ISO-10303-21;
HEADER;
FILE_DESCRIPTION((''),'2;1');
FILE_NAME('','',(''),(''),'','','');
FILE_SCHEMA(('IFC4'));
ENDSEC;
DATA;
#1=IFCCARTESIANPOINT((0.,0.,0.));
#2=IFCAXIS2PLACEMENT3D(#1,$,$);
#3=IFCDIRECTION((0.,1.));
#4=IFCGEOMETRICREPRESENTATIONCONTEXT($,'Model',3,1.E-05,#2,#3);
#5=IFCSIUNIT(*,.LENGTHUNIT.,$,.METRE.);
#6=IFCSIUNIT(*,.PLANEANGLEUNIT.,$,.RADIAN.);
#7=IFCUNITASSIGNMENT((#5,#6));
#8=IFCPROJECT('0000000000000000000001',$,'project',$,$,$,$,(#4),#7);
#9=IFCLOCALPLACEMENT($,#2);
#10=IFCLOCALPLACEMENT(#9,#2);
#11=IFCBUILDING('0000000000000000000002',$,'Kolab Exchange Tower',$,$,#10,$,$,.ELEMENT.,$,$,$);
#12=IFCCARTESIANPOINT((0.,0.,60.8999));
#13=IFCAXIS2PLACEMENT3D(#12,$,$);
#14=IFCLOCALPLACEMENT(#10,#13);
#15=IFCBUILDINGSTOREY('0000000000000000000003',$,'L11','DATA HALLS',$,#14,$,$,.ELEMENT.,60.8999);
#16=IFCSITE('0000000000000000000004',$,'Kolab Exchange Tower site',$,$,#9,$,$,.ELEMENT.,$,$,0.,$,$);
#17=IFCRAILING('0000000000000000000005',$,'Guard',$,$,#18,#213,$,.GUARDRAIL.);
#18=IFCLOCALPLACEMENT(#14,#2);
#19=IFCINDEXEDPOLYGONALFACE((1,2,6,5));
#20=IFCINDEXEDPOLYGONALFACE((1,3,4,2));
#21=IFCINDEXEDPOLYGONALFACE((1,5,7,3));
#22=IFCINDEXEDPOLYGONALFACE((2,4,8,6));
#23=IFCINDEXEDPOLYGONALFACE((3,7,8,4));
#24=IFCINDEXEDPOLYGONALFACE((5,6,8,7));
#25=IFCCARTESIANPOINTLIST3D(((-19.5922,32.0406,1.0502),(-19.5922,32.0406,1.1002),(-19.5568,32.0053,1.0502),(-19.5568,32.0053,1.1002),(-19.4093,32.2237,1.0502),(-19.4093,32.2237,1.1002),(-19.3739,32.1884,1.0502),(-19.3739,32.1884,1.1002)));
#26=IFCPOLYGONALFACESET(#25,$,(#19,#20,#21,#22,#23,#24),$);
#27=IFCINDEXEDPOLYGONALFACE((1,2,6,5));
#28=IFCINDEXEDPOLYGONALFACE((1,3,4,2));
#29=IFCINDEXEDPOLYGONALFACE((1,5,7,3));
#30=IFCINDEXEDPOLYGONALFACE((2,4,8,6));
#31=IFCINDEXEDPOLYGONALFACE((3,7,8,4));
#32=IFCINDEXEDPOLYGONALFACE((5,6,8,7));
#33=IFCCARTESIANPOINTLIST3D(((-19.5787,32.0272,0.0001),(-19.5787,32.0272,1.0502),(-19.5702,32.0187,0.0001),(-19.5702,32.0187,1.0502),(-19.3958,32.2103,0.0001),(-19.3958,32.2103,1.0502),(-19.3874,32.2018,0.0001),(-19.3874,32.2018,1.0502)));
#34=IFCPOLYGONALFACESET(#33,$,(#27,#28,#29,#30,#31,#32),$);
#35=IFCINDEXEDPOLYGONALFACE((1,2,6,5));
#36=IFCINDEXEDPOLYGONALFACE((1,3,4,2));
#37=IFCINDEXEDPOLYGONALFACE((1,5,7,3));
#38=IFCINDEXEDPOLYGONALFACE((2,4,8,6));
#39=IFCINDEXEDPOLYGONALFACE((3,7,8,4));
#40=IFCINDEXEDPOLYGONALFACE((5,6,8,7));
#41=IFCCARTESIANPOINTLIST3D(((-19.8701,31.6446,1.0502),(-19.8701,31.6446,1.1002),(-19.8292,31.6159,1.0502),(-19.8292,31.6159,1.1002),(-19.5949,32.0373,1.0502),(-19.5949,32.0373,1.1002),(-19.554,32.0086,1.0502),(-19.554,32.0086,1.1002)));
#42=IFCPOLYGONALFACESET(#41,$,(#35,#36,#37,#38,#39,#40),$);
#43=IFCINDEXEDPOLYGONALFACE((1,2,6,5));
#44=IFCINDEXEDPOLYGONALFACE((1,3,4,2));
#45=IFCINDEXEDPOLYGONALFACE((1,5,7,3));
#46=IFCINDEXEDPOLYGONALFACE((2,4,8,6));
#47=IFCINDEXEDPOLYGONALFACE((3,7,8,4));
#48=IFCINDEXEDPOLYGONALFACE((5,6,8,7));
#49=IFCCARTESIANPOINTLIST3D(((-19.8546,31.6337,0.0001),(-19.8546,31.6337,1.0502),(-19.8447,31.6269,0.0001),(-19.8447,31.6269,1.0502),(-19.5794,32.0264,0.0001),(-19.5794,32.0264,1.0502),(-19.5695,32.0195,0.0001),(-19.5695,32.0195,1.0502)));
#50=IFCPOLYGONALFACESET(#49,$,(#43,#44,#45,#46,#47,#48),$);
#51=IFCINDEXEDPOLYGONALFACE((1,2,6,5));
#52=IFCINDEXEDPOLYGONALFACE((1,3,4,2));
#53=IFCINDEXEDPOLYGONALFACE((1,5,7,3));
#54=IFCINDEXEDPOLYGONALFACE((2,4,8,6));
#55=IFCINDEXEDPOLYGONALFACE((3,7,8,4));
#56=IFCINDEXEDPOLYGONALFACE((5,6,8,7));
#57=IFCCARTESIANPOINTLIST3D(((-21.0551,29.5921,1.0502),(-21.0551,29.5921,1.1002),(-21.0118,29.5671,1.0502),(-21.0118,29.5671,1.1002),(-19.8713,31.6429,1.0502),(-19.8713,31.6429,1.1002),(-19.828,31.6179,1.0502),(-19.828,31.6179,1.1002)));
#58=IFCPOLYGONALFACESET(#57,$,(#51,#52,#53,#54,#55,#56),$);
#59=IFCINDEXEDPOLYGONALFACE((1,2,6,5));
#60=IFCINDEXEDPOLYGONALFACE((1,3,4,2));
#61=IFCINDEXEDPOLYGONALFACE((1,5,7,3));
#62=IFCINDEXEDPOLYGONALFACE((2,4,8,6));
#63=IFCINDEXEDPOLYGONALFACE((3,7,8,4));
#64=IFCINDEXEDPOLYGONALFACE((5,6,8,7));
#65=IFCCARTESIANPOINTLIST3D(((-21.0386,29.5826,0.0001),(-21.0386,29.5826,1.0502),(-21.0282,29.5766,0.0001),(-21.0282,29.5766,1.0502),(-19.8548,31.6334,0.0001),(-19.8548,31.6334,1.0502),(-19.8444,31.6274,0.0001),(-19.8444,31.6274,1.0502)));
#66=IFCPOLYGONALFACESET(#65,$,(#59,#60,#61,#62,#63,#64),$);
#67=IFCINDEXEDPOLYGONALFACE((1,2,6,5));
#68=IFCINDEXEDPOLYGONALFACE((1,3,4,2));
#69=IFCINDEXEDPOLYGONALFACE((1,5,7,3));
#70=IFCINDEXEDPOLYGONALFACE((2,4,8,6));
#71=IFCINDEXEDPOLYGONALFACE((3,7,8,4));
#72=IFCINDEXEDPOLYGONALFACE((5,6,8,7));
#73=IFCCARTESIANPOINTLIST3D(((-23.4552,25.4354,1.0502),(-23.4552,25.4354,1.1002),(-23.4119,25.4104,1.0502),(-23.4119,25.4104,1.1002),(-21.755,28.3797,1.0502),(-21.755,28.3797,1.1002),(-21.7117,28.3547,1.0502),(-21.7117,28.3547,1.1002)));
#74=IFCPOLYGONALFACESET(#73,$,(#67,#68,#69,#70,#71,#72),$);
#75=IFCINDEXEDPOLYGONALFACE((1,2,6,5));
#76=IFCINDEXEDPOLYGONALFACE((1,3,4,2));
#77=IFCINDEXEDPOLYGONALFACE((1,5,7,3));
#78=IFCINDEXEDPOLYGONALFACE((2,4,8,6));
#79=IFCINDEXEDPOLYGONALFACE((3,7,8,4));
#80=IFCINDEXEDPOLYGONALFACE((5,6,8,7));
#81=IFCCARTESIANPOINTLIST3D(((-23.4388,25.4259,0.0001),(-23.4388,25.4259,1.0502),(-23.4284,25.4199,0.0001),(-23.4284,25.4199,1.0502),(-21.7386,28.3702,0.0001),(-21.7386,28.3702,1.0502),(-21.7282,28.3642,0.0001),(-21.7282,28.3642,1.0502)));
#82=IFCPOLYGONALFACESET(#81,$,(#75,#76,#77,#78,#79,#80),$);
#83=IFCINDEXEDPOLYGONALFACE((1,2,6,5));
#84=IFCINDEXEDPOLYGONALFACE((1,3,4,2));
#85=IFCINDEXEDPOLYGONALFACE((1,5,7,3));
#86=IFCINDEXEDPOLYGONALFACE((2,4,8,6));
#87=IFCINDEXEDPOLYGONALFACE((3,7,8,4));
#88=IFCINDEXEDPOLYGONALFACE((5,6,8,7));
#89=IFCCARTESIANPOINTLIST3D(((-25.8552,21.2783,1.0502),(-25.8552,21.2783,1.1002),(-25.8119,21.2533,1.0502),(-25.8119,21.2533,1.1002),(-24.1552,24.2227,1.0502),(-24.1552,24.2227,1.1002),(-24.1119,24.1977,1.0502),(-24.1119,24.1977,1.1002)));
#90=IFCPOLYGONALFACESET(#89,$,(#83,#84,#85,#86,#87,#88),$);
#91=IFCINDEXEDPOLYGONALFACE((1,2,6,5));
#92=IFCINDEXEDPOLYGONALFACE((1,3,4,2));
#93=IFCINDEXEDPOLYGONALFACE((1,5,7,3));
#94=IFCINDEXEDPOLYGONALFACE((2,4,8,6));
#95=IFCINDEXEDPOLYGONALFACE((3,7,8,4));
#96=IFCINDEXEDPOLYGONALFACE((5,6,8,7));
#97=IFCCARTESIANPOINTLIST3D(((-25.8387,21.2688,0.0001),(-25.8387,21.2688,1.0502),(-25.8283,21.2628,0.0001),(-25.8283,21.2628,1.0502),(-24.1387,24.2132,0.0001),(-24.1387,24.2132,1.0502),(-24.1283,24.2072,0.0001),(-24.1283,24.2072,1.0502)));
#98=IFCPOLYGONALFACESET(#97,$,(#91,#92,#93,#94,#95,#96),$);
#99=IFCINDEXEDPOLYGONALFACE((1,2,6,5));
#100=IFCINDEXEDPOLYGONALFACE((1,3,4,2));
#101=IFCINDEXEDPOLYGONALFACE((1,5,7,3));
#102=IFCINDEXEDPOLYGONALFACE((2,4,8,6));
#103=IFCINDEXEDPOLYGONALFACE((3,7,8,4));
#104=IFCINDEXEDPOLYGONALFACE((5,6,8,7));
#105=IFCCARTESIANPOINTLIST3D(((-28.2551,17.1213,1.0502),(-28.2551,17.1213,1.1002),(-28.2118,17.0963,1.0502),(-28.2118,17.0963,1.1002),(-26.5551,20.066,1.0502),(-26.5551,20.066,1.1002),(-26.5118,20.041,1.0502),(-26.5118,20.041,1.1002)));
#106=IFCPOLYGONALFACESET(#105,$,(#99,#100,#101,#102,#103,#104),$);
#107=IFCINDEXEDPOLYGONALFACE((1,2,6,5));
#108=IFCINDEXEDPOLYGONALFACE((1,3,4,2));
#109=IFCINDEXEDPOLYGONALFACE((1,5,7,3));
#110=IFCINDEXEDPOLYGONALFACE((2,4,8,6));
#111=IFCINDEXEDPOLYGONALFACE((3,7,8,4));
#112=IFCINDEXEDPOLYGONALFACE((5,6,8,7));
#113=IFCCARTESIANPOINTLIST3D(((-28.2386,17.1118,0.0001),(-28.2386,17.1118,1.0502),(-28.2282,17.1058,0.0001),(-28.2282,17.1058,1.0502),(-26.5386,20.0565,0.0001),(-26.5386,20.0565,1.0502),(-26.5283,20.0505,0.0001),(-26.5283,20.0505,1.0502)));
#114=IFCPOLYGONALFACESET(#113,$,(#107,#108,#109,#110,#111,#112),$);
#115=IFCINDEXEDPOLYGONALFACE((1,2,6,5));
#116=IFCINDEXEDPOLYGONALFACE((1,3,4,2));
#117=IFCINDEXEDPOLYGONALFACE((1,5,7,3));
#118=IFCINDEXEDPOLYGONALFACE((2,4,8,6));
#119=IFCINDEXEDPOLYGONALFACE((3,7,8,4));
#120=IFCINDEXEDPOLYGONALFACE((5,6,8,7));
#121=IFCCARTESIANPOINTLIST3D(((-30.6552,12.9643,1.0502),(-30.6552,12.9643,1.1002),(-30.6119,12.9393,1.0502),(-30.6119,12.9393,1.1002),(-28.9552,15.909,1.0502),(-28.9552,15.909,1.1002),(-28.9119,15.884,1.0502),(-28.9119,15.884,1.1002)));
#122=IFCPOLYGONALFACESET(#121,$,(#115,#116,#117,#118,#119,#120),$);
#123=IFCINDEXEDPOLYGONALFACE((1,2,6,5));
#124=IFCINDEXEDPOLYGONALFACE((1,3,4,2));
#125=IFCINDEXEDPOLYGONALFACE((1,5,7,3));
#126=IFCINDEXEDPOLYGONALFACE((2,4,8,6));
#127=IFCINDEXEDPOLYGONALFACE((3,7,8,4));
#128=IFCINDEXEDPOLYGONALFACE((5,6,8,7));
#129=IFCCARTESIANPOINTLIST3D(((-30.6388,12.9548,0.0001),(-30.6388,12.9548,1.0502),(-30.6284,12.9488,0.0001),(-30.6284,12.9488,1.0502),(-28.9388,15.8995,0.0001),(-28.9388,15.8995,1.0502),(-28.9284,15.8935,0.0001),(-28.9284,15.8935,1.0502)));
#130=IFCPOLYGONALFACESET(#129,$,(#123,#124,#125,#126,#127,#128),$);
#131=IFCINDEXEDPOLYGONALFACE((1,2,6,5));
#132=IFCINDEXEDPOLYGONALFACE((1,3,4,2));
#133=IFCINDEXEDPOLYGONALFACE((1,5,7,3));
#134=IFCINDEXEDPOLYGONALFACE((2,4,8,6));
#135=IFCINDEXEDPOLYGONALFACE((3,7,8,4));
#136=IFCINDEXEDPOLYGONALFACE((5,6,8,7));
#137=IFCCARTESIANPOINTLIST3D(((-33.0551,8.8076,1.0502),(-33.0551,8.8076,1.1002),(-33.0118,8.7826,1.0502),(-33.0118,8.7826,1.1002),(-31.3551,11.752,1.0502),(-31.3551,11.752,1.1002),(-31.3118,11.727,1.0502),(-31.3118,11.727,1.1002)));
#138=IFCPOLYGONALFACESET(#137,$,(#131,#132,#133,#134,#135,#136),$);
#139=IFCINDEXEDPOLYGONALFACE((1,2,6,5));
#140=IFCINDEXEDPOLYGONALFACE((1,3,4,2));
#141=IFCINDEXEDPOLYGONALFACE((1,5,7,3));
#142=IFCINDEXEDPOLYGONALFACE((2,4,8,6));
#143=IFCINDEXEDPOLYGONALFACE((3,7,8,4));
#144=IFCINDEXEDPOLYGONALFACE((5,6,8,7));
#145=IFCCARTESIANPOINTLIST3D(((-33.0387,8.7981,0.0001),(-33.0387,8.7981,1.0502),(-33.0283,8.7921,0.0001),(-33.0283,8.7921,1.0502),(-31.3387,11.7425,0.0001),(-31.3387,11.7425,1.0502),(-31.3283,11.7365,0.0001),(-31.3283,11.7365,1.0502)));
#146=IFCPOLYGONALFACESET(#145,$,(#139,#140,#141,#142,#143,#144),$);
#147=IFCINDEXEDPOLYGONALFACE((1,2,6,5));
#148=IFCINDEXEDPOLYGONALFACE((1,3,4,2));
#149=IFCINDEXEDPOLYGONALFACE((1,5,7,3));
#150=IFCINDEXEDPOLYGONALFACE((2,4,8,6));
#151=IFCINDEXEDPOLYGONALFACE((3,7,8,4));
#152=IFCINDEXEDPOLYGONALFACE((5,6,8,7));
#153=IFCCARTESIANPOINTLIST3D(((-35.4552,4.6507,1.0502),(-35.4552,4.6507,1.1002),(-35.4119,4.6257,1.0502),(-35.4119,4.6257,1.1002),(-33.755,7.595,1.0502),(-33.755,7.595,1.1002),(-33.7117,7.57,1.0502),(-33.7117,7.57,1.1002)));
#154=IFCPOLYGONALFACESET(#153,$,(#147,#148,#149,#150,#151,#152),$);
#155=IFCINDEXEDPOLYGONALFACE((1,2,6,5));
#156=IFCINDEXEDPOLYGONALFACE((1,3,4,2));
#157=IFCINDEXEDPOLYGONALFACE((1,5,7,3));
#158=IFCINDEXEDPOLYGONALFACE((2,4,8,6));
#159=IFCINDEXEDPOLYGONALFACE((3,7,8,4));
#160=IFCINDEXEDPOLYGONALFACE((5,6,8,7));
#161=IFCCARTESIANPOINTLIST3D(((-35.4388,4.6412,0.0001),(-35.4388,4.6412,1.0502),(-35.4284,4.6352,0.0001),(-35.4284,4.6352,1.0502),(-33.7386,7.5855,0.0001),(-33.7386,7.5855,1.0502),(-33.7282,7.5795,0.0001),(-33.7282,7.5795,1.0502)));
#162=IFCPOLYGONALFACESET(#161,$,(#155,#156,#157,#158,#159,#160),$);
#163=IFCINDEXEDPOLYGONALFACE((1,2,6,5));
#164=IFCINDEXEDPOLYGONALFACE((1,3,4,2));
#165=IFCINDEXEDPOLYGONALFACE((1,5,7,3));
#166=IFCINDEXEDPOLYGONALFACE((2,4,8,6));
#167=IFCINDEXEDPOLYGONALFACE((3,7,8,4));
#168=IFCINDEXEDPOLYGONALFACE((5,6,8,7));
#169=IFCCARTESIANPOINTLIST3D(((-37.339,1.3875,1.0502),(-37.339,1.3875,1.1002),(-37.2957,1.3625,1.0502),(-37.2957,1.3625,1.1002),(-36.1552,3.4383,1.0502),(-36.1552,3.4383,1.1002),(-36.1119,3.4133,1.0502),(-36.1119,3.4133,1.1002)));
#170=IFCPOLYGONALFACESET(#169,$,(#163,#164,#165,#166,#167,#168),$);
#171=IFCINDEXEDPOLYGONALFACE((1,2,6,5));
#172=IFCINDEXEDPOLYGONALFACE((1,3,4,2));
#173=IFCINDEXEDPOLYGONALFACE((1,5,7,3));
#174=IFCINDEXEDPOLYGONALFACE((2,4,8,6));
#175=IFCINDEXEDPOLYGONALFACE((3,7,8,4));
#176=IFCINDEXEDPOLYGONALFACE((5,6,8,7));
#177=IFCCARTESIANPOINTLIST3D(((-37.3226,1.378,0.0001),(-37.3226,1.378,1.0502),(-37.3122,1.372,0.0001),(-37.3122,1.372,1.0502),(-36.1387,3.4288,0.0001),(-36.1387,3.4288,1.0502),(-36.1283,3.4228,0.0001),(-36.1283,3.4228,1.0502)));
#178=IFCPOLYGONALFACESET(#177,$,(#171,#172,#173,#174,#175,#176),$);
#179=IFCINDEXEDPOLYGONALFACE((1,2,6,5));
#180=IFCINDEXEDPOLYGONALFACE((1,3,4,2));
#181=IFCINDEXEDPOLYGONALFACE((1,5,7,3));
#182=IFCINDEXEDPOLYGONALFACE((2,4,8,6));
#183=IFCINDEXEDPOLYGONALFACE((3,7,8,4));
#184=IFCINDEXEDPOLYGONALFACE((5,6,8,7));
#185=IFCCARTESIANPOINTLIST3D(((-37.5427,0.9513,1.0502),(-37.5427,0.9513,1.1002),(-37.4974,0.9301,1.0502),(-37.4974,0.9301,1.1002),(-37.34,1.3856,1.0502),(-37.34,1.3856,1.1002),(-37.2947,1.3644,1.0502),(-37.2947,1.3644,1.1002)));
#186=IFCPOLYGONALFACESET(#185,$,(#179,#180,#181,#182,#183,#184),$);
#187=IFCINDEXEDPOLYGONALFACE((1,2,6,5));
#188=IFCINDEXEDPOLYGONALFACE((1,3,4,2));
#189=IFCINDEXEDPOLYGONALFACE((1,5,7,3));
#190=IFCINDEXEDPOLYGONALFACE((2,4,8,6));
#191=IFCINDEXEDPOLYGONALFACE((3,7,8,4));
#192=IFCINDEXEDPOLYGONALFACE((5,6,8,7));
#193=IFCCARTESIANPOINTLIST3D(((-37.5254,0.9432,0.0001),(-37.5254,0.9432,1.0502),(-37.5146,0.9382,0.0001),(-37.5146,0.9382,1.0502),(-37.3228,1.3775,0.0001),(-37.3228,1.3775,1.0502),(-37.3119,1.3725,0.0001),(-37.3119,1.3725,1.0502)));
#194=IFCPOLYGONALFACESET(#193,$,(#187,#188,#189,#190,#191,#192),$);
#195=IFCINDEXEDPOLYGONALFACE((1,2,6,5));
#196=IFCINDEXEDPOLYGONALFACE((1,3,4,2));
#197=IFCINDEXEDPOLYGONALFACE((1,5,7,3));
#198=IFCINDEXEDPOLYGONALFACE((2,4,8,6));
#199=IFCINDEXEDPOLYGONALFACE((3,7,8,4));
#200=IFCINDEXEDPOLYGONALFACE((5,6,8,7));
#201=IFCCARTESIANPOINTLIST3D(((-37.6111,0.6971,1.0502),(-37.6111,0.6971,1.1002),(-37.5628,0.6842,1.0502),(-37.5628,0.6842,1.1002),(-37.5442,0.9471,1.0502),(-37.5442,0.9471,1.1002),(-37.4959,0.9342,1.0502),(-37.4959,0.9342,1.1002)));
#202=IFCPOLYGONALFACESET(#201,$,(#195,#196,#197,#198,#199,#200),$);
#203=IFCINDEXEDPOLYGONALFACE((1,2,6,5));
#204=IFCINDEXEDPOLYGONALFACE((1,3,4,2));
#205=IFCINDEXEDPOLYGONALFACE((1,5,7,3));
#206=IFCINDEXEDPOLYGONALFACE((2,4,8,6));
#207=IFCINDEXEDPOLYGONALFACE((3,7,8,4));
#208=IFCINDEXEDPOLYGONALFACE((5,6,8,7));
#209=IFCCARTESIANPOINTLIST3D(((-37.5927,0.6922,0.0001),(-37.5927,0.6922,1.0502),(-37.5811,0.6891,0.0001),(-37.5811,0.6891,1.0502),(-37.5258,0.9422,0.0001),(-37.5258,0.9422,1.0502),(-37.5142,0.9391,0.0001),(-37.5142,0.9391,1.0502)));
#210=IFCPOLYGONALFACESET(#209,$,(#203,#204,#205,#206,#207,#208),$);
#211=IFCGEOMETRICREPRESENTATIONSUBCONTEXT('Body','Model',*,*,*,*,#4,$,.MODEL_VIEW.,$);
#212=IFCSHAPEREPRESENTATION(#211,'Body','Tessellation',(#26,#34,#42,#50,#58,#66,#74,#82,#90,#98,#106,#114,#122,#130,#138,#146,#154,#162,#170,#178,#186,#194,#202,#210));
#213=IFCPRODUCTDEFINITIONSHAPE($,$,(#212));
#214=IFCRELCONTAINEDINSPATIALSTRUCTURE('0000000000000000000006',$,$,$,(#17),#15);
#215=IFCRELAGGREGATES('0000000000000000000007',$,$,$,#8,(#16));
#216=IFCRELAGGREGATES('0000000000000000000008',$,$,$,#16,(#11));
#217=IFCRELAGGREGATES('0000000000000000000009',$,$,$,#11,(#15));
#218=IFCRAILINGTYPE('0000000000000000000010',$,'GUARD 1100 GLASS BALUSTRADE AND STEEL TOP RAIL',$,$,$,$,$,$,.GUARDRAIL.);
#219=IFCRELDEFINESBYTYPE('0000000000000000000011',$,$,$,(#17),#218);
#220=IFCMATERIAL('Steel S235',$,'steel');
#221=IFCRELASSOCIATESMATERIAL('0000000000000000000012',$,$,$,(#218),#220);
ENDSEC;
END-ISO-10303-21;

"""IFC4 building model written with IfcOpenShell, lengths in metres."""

from ifc_helpers import new_model, si_unit, direction, frame, frame_2d, origin, origin_2d, place, context, subcontext, project, spatial, rectangle, extrude, material, type_object, element, save


model = new_model("IFC4")

# Units and contexts
model_context = context("Model", 3, precision=1e-05, world=origin(), true_north=direction((0.0, 1.0)))
body_context = subcontext(model_context, "Body", "Model", "MODEL_VIEW")
ifc_project = project(units=[si_unit("LENGTHUNIT", "METRE"), si_unit("PLANEANGLEUNIT", "RADIAN")], contexts=[model_context])

# Site, building, storey
site_placement = place(None, origin())
site = spatial("IfcSite", under=ifc_project, at=site_placement, Name="Kolab Exchange Tower site", CompositionType="ELEMENT", RefElevation=0.0)
building_placement = place(site_placement, origin())
building = spatial("IfcBuilding", under=site, at=building_placement, Name="Kolab Exchange Tower", CompositionType="ELEMENT")
storey_placement = place(building_placement, frame((0.0, 0.0, 60.8999)))
storey = spatial("IfcBuildingStorey", under=building, at=storey_placement, Name="L11", Description="DATA HALLS", CompositionType="ELEMENT", Elevation=60.8999)

# Railing
ifc_material_1 = material(Name="Steel S235", Category="steel")
railing_type = type_object("IfcRailingType", Name="GUARD 1100 GLASS BALUSTRADE AND STEEL TOP RAIL", PredefinedType="GUARDRAIL", material=ifc_material_1)
railing_placement = place(storey_placement, frame((-19.3916, 32.2061, 0.0)))
element("IfcRailing", 1, at=railing_placement, inside=storey, type_object=railing_type, Name="Guard", PredefinedType="GUARDRAIL", context=body_context, shape_type="SweptSolid", body=[
    extrude(rectangle(XDim=0.05, YDim=0.05, at=origin_2d()), frame((0.0, 0.0, 1.0752), z_axis=(-0.706635, -0.707578, 0.0), x_axis=(0.707578, -0.706635, 0.0)), (0.0, 0.0, 1.0), 0.2588),
    extrude(rectangle(XDim=0.012, YDim=1.0501, at=frame_2d((0.0, 0.5251))), frame((0.0, 0.0, 0.0), z_axis=(-0.706635, -0.707578, 0.0), x_axis=(0.707578, -0.706635, 0.0)), (0.0, 0.0, 1.0), 0.2588),
    extrude(rectangle(XDim=0.05, YDim=0.05, at=origin_2d()), frame((-0.1829, -0.1831, 1.0752), z_axis=(-0.573941, -0.818897, 0.0), x_axis=(0.818897, -0.573941, 0.0)), (0.0, 0.0, 1.0), 0.4795),
    extrude(rectangle(XDim=0.012, YDim=1.0501, at=frame_2d((0.0, 0.5251))), frame((-0.1829, -0.1831, 0.0), z_axis=(-0.573941, -0.818897, 0.0), x_axis=(0.818897, -0.573941, 0.0)), (0.0, 0.0, 1.0), 0.4795),
    extrude(rectangle(XDim=0.05, YDim=0.05, at=origin_2d()), frame((-0.458, -0.5757, 1.0752), z_axis=(-0.499943, -0.866059, 0.0), x_axis=(0.866059, -0.499943, 0.0)), (0.0, 0.0, 1.0), 2.3679),
    extrude(rectangle(XDim=0.012, YDim=1.0501, at=frame_2d((0.0, 0.5251))), frame((-0.458, -0.5757, 0.0), z_axis=(-0.499943, -0.866059, 0.0), x_axis=(0.866059, -0.499943, 0.0)), (0.0, 0.0, 1.0), 2.3679),
    extrude(rectangle(XDim=0.05, YDim=0.05, at=origin_2d()), frame((-2.3418, -3.8389, 1.0752), z_axis=(-0.500062, -0.865989, 0.0), x_axis=(0.865989, -0.500062, 0.0)), (0.0, 0.0, 1.0), 3.3999),
    extrude(rectangle(XDim=0.012, YDim=1.0501, at=frame_2d((0.0, 0.5251))), frame((-2.3418, -3.8389, 0.0), z_axis=(-0.500062, -0.865989, 0.0), x_axis=(0.865989, -0.500062, 0.0)), (0.0, 0.0, 1.0), 3.3999),
    extrude(rectangle(XDim=0.05, YDim=0.05, at=origin_2d()), frame((-4.7419, -7.9958, 1.0752), z_axis=(-0.500008, -0.866021, 0.0), x_axis=(0.866021, -0.500008, 0.0)), (0.0, 0.0, 1.0), 3.3999),
    extrude(rectangle(XDim=0.012, YDim=1.0501, at=frame_2d((0.0, 0.5251))), frame((-4.7419, -7.9958, 0.0), z_axis=(-0.500008, -0.866021, 0.0), x_axis=(0.866021, -0.500008, 0.0)), (0.0, 0.0, 1.0), 3.3999),
    extrude(rectangle(XDim=0.05, YDim=0.05, at=origin_2d()), frame((-7.1418, -12.1526, 1.0752), z_axis=(-0.499977, -0.866039, 0.0), x_axis=(0.866039, -0.499977, 0.0)), (0.0, 0.0, 1.0), 3.4001),
    extrude(rectangle(XDim=0.012, YDim=1.0501, at=frame_2d((0.0, 0.5251))), frame((-7.1418, -12.1526, 0.0), z_axis=(-0.499977, -0.866039, 0.0), x_axis=(0.866039, -0.499977, 0.0)), (0.0, 0.0, 1.0), 3.4001),
    extrude(rectangle(XDim=0.05, YDim=0.05, at=origin_2d()), frame((-9.542, -16.3096, 1.0752), z_axis=(-0.499977, -0.866039, 0.0), x_axis=(0.866039, -0.499977, 0.0)), (0.0, 0.0, 1.0), 3.4001),
    extrude(rectangle(XDim=0.012, YDim=1.0501, at=frame_2d((0.0, 0.5251))), frame((-9.542, -16.3096, 0.0), z_axis=(-0.499977, -0.866039, 0.0), x_axis=(0.866039, -0.499977, 0.0)), (0.0, 0.0, 1.0), 3.4001),
    extrude(rectangle(XDim=0.05, YDim=0.05, at=origin_2d()), frame((-11.9419, -20.4666, 1.0752), z_axis=(-0.500008, -0.866021, 0.0), x_axis=(0.866021, -0.500008, 0.0)), (0.0, 0.0, 1.0), 3.3999),
    extrude(rectangle(XDim=0.012, YDim=1.0501, at=frame_2d((0.0, 0.5251))), frame((-11.9419, -20.4666, 0.0), z_axis=(-0.500008, -0.866021, 0.0), x_axis=(0.866021, -0.500008, 0.0)), (0.0, 0.0, 1.0), 3.3999),
    extrude(rectangle(XDim=0.05, YDim=0.05, at=origin_2d()), frame((-14.3418, -24.6235, 1.0752), z_axis=(-0.500062, -0.865989, 0.0), x_axis=(0.865989, -0.500062, 0.0)), (0.0, 0.0, 1.0), 3.3999),
    extrude(rectangle(XDim=0.012, YDim=1.0501, at=frame_2d((0.0, 0.5251))), frame((-14.3418, -24.6235, 0.0), z_axis=(-0.500062, -0.865989, 0.0), x_axis=(0.865989, -0.500062, 0.0)), (0.0, 0.0, 1.0), 3.3999),
    extrude(rectangle(XDim=0.05, YDim=0.05, at=origin_2d()), frame((-16.7419, -28.7803, 1.0752), z_axis=(-0.499943, -0.866059, 0.0), x_axis=(0.866059, -0.499943, 0.0)), (0.0, 0.0, 1.0), 2.3679),
    extrude(rectangle(XDim=0.012, YDim=1.0501, at=frame_2d((0.0, 0.5251))), frame((-16.7419, -28.7803, 0.0), z_axis=(-0.499943, -0.866059, 0.0), x_axis=(0.866059, -0.499943, 0.0)), (0.0, 0.0, 1.0), 2.3679),
    extrude(rectangle(XDim=0.05, YDim=0.05, at=origin_2d()), frame((-17.9258, -30.8311, 1.0752), z_axis=(-0.422802, -0.906222, 0.0), x_axis=(0.906222, -0.422802, 0.0)), (0.0, 0.0, 1.0), 0.4792),
    extrude(rectangle(XDim=0.012, YDim=1.0501, at=frame_2d((0.0, 0.5251))), frame((-17.9258, -30.8311, 0.0), z_axis=(-0.422802, -0.906222, 0.0), x_axis=(0.906222, -0.422802, 0.0)), (0.0, 0.0, 1.0), 0.4792),
    extrude(rectangle(XDim=0.05, YDim=0.05, at=origin_2d()), frame((-18.1284, -31.2654, 1.0752), z_axis=(-0.258485, -0.966015, 0.0), x_axis=(0.966015, -0.258485, 0.0)), (0.0, 0.0, 1.0), 0.2588),
    extrude(rectangle(XDim=0.012, YDim=1.0501, at=frame_2d((0.0, 0.5251))), frame((-18.1284, -31.2654, 0.0), z_axis=(-0.258485, -0.966015, 0.0), x_axis=(0.966015, -0.258485, 0.0)), (0.0, 0.0, 1.0), 0.2588),
])

save(model, "model.ifc")
